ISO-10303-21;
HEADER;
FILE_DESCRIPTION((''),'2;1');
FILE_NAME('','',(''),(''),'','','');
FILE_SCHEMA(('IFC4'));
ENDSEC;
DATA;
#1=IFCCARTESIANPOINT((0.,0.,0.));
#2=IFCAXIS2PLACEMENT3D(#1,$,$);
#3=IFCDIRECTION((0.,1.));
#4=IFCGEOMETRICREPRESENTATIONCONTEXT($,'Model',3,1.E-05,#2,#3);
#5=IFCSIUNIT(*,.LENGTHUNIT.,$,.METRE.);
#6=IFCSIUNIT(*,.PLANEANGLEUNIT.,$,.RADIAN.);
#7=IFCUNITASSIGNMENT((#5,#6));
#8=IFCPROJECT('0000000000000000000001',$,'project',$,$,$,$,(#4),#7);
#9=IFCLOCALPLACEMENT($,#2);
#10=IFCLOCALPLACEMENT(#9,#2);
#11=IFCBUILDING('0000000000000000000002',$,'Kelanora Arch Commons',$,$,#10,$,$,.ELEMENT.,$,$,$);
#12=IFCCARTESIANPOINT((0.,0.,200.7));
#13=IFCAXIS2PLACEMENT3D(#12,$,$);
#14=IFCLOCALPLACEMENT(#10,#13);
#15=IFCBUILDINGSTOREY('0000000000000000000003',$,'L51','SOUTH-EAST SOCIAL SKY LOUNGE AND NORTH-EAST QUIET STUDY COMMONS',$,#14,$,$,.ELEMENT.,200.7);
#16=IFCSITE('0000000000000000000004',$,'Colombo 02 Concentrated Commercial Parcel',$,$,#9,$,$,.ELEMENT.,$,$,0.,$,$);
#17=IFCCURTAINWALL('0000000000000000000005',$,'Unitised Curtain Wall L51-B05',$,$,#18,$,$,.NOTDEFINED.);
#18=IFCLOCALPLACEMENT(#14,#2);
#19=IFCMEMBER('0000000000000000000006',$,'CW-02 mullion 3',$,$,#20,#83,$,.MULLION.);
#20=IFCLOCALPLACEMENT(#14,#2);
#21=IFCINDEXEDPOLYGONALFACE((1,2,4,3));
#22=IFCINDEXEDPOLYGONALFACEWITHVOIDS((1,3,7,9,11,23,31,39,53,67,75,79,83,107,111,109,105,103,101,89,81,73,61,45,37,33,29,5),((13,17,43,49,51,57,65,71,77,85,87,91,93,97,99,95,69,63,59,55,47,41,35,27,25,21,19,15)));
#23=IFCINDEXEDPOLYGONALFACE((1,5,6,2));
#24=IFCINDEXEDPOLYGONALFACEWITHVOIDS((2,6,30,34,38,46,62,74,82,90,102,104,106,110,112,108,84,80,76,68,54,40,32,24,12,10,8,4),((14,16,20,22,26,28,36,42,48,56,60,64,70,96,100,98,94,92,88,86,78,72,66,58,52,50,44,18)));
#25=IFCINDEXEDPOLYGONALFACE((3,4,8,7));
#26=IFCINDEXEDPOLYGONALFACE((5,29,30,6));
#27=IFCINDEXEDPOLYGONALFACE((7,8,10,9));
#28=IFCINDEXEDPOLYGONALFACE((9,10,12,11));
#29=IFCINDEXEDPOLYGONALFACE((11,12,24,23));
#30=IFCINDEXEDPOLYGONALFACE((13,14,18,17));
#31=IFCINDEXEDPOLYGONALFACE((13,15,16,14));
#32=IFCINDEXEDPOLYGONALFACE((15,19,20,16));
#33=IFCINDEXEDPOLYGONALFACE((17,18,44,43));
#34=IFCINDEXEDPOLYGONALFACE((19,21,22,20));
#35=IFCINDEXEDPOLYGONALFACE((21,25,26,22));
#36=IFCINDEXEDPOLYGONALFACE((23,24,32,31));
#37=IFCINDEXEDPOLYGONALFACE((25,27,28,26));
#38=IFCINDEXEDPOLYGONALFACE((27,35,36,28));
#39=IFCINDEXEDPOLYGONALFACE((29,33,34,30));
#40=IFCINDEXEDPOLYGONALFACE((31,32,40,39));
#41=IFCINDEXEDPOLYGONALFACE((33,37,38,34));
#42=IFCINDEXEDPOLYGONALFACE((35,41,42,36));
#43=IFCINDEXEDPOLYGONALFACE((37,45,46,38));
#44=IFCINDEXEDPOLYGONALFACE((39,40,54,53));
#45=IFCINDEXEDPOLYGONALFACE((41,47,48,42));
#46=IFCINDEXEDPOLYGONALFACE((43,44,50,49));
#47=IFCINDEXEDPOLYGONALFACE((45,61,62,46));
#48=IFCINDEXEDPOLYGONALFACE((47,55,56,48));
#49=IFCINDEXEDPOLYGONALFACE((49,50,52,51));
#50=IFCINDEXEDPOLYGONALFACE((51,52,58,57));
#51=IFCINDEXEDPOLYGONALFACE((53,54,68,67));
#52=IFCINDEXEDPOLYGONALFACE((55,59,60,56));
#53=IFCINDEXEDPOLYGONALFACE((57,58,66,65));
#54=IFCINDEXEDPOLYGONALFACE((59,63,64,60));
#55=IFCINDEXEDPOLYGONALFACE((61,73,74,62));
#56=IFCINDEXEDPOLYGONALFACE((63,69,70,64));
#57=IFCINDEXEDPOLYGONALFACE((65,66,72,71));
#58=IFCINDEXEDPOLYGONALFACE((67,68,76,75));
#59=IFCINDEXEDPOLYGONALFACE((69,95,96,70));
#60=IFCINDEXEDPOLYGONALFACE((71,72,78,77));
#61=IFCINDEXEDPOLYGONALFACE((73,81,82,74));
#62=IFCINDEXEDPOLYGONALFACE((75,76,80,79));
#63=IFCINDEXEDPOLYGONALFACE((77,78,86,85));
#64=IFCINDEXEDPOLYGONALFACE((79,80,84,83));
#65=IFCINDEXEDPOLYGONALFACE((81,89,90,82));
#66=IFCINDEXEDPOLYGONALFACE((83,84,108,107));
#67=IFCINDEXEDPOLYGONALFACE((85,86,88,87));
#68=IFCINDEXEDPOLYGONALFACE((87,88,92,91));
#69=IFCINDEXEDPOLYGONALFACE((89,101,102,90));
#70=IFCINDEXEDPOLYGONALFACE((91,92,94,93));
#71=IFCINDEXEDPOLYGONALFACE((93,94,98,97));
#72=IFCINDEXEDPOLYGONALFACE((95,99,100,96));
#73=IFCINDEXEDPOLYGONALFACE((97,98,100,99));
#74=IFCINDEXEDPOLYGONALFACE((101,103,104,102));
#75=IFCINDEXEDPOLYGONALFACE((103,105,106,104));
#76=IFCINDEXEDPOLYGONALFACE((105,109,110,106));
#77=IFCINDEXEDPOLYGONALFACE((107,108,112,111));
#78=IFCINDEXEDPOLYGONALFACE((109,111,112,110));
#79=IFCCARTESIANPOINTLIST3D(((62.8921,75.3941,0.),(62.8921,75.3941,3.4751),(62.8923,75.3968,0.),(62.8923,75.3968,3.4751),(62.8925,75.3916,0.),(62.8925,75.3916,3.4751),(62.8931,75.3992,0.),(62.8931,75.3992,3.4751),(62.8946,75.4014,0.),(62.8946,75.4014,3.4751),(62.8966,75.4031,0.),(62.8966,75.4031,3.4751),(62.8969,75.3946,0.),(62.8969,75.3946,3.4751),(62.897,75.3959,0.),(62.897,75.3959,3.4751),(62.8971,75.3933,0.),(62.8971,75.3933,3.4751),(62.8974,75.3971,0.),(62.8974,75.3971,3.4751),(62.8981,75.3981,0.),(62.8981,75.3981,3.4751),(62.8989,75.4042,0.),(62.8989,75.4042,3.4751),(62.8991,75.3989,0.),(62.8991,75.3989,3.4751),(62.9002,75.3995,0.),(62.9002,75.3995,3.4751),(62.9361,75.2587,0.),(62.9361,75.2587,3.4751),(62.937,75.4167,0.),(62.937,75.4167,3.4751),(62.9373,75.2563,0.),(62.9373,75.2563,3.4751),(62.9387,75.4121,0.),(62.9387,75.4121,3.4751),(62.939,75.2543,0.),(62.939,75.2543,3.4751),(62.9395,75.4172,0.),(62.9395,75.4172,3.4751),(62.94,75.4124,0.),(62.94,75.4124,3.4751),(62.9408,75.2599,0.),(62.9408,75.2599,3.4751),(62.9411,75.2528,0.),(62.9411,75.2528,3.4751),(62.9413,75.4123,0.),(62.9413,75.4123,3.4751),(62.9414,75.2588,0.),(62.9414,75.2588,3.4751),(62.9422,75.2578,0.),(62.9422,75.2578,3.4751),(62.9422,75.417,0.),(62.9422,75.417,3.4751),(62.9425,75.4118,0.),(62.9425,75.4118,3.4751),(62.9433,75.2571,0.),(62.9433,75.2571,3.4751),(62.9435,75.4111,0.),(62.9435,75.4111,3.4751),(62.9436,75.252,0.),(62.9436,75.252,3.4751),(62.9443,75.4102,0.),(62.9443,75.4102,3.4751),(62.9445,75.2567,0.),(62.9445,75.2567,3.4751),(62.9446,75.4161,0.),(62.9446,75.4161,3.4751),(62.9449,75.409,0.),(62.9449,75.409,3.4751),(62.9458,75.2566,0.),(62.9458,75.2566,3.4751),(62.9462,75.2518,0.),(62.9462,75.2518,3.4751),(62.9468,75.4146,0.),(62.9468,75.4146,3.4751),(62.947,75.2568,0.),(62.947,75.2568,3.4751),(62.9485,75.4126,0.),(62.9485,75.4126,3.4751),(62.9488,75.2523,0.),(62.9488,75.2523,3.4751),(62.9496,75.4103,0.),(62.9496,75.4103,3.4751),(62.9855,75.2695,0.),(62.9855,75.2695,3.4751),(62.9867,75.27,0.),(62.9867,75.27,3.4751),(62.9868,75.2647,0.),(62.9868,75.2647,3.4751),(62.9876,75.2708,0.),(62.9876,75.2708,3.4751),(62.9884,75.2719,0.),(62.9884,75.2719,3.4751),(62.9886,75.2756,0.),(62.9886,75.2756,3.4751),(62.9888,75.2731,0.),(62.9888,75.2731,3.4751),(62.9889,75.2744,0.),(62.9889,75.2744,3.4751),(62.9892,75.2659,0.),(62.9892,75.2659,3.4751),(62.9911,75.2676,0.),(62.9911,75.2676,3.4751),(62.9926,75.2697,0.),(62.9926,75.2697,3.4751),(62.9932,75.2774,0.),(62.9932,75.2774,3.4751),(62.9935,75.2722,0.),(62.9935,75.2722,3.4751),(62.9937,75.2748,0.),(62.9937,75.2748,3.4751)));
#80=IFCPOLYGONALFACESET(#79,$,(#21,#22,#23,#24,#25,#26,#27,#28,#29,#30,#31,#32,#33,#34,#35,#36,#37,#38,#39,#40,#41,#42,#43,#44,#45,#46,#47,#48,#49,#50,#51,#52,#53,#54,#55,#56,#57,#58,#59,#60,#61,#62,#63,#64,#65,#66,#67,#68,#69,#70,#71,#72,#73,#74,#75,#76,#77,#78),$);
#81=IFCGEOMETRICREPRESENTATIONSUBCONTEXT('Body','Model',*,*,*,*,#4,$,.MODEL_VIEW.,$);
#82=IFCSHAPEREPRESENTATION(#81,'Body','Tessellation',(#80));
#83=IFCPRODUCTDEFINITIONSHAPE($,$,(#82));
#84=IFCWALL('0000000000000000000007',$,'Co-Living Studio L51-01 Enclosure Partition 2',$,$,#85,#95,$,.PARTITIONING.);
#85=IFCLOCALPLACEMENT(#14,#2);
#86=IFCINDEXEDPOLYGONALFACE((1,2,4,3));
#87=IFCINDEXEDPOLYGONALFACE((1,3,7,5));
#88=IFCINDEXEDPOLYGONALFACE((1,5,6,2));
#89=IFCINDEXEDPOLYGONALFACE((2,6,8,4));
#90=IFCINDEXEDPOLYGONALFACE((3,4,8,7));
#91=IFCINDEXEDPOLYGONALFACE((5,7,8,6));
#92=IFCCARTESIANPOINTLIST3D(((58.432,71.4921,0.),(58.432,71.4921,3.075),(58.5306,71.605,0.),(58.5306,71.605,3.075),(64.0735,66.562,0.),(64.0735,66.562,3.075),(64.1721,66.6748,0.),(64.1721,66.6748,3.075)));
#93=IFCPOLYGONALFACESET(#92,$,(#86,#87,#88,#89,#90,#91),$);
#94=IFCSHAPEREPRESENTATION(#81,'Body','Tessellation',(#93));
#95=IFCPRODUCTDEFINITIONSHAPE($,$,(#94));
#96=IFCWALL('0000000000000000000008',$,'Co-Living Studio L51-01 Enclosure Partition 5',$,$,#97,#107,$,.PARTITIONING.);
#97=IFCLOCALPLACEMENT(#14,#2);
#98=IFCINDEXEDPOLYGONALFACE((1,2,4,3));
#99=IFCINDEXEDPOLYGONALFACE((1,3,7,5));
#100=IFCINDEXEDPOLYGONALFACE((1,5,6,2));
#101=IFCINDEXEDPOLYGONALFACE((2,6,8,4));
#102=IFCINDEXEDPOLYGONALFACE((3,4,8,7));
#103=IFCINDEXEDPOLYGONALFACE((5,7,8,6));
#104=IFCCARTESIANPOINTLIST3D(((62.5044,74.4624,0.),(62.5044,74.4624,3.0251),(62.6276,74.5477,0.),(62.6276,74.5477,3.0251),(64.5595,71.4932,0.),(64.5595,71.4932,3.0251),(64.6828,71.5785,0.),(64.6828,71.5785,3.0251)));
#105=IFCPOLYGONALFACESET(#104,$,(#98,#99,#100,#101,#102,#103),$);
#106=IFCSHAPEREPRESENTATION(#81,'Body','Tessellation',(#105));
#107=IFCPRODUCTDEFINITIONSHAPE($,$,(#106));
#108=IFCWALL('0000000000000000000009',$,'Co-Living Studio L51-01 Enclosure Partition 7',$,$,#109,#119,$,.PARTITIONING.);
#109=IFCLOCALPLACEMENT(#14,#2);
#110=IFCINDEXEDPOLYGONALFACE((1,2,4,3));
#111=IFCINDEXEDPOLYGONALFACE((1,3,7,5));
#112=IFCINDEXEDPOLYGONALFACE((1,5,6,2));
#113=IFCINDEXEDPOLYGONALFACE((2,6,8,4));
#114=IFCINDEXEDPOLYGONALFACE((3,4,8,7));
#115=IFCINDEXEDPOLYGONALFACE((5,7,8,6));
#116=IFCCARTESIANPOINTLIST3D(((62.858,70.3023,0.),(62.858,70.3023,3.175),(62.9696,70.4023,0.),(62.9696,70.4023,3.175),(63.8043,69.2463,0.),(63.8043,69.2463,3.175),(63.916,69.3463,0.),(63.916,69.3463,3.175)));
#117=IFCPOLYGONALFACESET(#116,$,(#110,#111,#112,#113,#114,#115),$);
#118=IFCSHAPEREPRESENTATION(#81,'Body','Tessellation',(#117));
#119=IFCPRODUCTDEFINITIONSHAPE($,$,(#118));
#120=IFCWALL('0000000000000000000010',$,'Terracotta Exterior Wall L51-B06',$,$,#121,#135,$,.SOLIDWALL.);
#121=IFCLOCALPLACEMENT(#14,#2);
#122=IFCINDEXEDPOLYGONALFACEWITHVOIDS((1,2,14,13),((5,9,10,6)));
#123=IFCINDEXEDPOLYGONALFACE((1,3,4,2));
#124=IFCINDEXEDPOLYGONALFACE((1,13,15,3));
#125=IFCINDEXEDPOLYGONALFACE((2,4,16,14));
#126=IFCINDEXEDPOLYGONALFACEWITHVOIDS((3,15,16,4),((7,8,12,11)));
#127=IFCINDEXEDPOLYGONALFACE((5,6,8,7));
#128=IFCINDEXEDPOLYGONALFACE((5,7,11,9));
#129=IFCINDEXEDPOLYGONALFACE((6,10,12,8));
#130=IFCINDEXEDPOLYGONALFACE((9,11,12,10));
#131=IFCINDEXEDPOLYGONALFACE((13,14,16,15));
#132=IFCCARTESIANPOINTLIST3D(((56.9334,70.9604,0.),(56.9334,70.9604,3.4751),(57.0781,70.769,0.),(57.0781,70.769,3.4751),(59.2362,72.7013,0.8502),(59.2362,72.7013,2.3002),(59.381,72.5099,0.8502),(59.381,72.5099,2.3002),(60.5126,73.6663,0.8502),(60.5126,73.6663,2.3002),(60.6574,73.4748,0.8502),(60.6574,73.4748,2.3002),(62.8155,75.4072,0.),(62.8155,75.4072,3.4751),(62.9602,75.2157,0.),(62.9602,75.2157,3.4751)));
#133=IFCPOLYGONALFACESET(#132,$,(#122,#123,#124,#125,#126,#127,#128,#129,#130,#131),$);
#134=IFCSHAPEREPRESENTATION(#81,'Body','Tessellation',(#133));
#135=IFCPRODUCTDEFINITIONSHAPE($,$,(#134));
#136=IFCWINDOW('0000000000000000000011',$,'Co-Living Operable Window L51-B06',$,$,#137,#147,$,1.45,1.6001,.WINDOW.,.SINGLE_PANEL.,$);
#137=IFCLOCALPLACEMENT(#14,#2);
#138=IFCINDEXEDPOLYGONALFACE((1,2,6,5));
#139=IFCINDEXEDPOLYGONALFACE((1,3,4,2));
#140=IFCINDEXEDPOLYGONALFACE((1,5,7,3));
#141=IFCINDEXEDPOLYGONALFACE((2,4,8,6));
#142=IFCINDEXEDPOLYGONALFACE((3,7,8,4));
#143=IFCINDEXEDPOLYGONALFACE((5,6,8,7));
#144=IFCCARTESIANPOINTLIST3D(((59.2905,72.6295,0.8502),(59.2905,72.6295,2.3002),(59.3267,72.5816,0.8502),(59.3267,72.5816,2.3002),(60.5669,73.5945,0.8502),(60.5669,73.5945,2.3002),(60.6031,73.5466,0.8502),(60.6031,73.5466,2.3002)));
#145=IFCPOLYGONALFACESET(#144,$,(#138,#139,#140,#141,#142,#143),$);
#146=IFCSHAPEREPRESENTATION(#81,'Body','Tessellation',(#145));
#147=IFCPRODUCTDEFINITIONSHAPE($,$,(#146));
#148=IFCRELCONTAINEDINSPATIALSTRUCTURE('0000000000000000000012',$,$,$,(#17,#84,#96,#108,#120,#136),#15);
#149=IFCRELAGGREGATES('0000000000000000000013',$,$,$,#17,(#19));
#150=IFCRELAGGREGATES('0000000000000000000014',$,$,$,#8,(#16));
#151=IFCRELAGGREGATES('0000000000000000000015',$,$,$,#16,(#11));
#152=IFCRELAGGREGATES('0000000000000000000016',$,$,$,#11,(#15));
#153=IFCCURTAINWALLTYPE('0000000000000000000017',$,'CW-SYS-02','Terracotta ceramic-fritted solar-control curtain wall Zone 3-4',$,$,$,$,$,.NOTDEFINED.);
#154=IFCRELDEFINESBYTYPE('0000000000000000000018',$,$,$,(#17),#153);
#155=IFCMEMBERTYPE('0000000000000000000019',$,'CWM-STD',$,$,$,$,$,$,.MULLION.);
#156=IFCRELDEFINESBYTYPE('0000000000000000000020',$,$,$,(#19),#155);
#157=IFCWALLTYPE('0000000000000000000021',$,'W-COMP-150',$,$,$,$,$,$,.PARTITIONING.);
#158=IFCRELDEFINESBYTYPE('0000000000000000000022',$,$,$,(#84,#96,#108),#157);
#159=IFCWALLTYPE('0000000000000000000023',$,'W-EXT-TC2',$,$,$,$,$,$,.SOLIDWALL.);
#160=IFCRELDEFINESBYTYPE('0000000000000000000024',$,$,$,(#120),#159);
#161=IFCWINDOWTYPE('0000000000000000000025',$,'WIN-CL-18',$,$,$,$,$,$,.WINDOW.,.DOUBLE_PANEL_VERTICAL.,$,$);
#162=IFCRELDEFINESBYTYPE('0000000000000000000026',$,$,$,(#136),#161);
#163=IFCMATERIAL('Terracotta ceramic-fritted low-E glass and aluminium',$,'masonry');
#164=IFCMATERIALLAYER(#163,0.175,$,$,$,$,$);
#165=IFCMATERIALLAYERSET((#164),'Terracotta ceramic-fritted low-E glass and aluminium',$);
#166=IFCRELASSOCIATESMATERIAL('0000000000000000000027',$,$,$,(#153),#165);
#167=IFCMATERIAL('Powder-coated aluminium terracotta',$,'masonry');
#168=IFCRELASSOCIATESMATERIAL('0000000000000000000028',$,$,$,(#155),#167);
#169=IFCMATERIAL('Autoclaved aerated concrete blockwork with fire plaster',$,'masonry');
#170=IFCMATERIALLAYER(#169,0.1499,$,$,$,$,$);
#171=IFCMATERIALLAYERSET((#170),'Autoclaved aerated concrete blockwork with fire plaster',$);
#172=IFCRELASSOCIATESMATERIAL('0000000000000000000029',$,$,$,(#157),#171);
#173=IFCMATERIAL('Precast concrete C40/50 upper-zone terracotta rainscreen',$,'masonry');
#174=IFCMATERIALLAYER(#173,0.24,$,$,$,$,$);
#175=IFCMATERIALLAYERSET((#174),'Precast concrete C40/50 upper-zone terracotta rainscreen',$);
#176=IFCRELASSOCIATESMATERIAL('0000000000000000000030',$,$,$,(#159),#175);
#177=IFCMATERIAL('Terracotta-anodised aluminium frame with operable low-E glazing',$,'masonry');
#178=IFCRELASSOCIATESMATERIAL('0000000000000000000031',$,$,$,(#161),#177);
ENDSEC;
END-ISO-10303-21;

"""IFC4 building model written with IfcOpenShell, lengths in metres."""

from ifc_helpers import new_model, si_unit, direction, frame, frame_2d, origin, origin_2d, place, context, subcontext, project, spatial, rectangle, hollow_rectangle, extrude, material, layer, layer_set, material_profile, profile_set, type_object, element, fill, aggregate, save


model = new_model("IFC4")

# Units and contexts
model_context = context("Model", 3, precision=1e-05, world=origin(), true_north=direction((0.0, 1.0)))
body_context = subcontext(model_context, "Body", "Model", "MODEL_VIEW")
ifc_project = project(units=[si_unit("LENGTHUNIT", "METRE"), si_unit("PLANEANGLEUNIT", "RADIAN")], contexts=[model_context])

# Site, building, storey
site_placement = place(None, origin())
site = spatial("IfcSite", under=ifc_project, at=site_placement, Name="Colombo 02 Concentrated Commercial Parcel", CompositionType="ELEMENT", RefElevation=0.0)
building_placement = place(site_placement, origin())
building = spatial("IfcBuilding", under=site, at=building_placement, Name="Kelanora Arch Commons", CompositionType="ELEMENT")
storey_placement = place(building_placement, frame((0.0, 0.0, 200.7)))
storey = spatial("IfcBuildingStorey", under=building, at=storey_placement, Name="L51", Description="SOUTH-EAST SOCIAL SKY LOUNGE AND NORTH-EAST QUIET STUDY COMMONS", CompositionType="ELEMENT", Elevation=200.7)

# Curtain wall, member
ifc_material_1 = material(Name="Terracotta ceramic-fritted low-E glass and aluminium", Category="masonry")
ifc_layer_1 = layer(ifc_material_1, 0.175)
ifc_layer_set_1 = layer_set([ifc_layer_1], Name="Terracotta ceramic-fritted low-E glass and aluminium")
curtain_wall_type = type_object("IfcCurtainWallType", Name="CW-SYS-02", Description="Terracotta ceramic-fritted solar-control curtain wall Zone 3-4", PredefinedType="NOTDEFINED", material=ifc_layer_set_1)
curtain_wall_placement = place(storey_placement, origin())
curtain_wall = element("IfcCurtainWall", 1, at=curtain_wall_placement, inside=storey, type_object=curtain_wall_type, Name="Unitised Curtain Wall L51-B05", PredefinedType="NOTDEFINED")
ifc_material_2 = material(Name="Powder-coated aluminium terracotta", Category="masonry")
ifc_material_profile_1 = material_profile(ifc_material_2, hollow_rectangle(XDim=0.1599, YDim=0.0601, WallThickness=0.0049, InnerFilletRadius=0.0049, OuterFilletRadius=0.01, at=origin_2d()), Name="CWM160x60")
ifc_profile_set_1 = profile_set([ifc_material_profile_1], Name="Powder-coated aluminium terracotta")
member_type = type_object("IfcMemberType", Name="CWM-STD", PredefinedType="MULLION", material=ifc_profile_set_1)
member_placement = place(storey_placement, frame((62.9429, 75.3345, 0.0), z_axis=(0.0, 0.0, 1.0), x_axis=(0.311582, -0.950219, 0.0)))
member = element("IfcMember", 2, at=member_placement, type_object=member_type, Name="CW-02 mullion 3", PredefinedType="MULLION", context=body_context, shape_type="SweptSolid", body=[
    extrude(hollow_rectangle(XDim=0.1599, YDim=0.0601, WallThickness=0.0049, InnerFilletRadius=0.0049, OuterFilletRadius=0.01, at=origin_2d()), origin(), (0.0, 0.0, 1.0), 3.4751),
])
aggregate(curtain_wall, [member])

# Walls
ifc_material_3 = material(Name="Autoclaved aerated concrete blockwork with fire plaster", Category="masonry")
ifc_layer_2 = layer(ifc_material_3, 0.1499)
ifc_layer_set_2 = layer_set([ifc_layer_2], Name="Autoclaved aerated concrete blockwork with fire plaster")
wall_type_1 = type_object("IfcWallType", Name="W-COMP-150", PredefinedType="PARTITIONING", material=ifc_layer_set_2)
wall_1_placement = place(storey_placement, frame((64.1228, 66.6184, 0.0), z_axis=(0.0, 0.0, 1.0), x_axis=(-0.752988, 0.658034, 0.0)))
element("IfcWall", 3, at=wall_1_placement, inside=storey, type_object=wall_type_1, Name="Co-Living Studio L51-01 Enclosure Partition 2", PredefinedType="PARTITIONING", context=body_context, shape_type="SweptSolid", body=[
    extrude(rectangle(XDim=7.4922, YDim=0.1499, at=frame_2d((3.7461, 0.0))), origin(), (0.0, 0.0, 1.0), 3.075),
])
wall_2_placement = place(storey_placement, frame((62.5659, 74.5051, 0.0), z_axis=(0.0, 0.0, 1.0), x_axis=(0.569126, -0.822251, 0.0)))
element("IfcWall", 4, at=wall_2_placement, inside=storey, type_object=wall_type_1, Name="Co-Living Studio L51-01 Enclosure Partition 5", PredefinedType="PARTITIONING", context=body_context, shape_type="SweptSolid", body=[
    extrude(rectangle(XDim=3.6111, YDim=0.1499, at=frame_2d((1.8057, 0.0))), origin(), (0.0, 0.0, 1.0), 3.0251),
])
wall_3_placement = place(storey_placement, frame((62.9138, 70.3523, 0.0), z_axis=(0.0, 0.0, 1.0), x_axis=(0.667394, -0.744705, 0.0)))
element("IfcWall", 5, at=wall_3_placement, inside=storey, type_object=wall_type_1, Name="Co-Living Studio L51-01 Enclosure Partition 7", PredefinedType="PARTITIONING", context=body_context, shape_type="SweptSolid", body=[
    extrude(rectangle(XDim=1.418, YDim=0.1499, at=frame_2d((0.709, 0.0))), origin(), (0.0, 0.0, 1.0), 3.175),
])

# Wall, opening, window
ifc_material_4 = material(Name="Precast concrete C40/50 upper-zone terracotta rainscreen", Category="masonry")
ifc_layer_3 = layer(ifc_material_4, 0.24)
ifc_layer_set_3 = layer_set([ifc_layer_3], Name="Precast concrete C40/50 upper-zone terracotta rainscreen")
wall_type_2 = type_object("IfcWallType", Name="W-EXT-TC2", PredefinedType="SOLIDWALL", material=ifc_layer_set_3)
wall_4_placement = place(storey_placement, frame((62.8879, 75.3115, 0.0), z_axis=(0.0, 0.0, 1.0), x_axis=(-0.797702, -0.603052, 0.0)))
wall_4 = element("IfcWall", 6, at=wall_4_placement, inside=storey, type_object=wall_type_2, Name="Terracotta Exterior Wall L51-B06", PredefinedType="SOLIDWALL", context=body_context, shape_type="SweptSolid", body=[
    extrude(rectangle(XDim=7.3738, YDim=0.24, at=frame_2d((3.687, 0.0))), origin(), (0.0, 0.0, 1.0), 3.4751),
])
opening_1_placement = place(wall_4_placement, frame((2.887, 0.0, 0.8501)))
opening_1 = element("IfcOpeningElement", 7, at=opening_1_placement, cuts=wall_4, PredefinedType="OPENING", context=body_context, shape_type="SweptSolid", body=[
    extrude(rectangle(XDim=1.6001, YDim=1.45, at=frame_2d((0.8, 0.7251))), frame((0.0, 0.1299, 0.0), z_axis=(0.0, -1.0, 0.0), x_axis=(1.0, 0.0, 0.0)), (0.0, 0.0, 1.0), 0.26),
])
ifc_material_5 = material(Name="Terracotta-anodised aluminium frame with operable low-E glazing", Category="masonry")
window_type_1 = type_object("IfcWindowType", Name="WIN-CL-18", PartitioningType="DOUBLE_PANEL_VERTICAL", PredefinedType="WINDOW", material=ifc_material_5)
window_1_placement = place(opening_1_placement, origin())
window_1 = element("IfcWindow", 8, at=window_1_placement, inside=storey, type_object=window_type_1, Name="Co-Living Operable Window L51-B06", OverallHeight=1.45, OverallWidth=1.6001, PartitioningType="SINGLE_PANEL", PredefinedType="WINDOW", context=body_context, shape_type="SweptSolid", body=[
    extrude(rectangle(XDim=1.6001, YDim=1.45, at=frame_2d((0.8, 0.7251))), frame((0.0, 0.03, 0.0), z_axis=(0.0, -1.0, 0.0), x_axis=(1.0, 0.0, 0.0)), (0.0, 0.0, 1.0), 0.0601),
])
fill(opening_1, window_1)

save(model, "model.ifc")
